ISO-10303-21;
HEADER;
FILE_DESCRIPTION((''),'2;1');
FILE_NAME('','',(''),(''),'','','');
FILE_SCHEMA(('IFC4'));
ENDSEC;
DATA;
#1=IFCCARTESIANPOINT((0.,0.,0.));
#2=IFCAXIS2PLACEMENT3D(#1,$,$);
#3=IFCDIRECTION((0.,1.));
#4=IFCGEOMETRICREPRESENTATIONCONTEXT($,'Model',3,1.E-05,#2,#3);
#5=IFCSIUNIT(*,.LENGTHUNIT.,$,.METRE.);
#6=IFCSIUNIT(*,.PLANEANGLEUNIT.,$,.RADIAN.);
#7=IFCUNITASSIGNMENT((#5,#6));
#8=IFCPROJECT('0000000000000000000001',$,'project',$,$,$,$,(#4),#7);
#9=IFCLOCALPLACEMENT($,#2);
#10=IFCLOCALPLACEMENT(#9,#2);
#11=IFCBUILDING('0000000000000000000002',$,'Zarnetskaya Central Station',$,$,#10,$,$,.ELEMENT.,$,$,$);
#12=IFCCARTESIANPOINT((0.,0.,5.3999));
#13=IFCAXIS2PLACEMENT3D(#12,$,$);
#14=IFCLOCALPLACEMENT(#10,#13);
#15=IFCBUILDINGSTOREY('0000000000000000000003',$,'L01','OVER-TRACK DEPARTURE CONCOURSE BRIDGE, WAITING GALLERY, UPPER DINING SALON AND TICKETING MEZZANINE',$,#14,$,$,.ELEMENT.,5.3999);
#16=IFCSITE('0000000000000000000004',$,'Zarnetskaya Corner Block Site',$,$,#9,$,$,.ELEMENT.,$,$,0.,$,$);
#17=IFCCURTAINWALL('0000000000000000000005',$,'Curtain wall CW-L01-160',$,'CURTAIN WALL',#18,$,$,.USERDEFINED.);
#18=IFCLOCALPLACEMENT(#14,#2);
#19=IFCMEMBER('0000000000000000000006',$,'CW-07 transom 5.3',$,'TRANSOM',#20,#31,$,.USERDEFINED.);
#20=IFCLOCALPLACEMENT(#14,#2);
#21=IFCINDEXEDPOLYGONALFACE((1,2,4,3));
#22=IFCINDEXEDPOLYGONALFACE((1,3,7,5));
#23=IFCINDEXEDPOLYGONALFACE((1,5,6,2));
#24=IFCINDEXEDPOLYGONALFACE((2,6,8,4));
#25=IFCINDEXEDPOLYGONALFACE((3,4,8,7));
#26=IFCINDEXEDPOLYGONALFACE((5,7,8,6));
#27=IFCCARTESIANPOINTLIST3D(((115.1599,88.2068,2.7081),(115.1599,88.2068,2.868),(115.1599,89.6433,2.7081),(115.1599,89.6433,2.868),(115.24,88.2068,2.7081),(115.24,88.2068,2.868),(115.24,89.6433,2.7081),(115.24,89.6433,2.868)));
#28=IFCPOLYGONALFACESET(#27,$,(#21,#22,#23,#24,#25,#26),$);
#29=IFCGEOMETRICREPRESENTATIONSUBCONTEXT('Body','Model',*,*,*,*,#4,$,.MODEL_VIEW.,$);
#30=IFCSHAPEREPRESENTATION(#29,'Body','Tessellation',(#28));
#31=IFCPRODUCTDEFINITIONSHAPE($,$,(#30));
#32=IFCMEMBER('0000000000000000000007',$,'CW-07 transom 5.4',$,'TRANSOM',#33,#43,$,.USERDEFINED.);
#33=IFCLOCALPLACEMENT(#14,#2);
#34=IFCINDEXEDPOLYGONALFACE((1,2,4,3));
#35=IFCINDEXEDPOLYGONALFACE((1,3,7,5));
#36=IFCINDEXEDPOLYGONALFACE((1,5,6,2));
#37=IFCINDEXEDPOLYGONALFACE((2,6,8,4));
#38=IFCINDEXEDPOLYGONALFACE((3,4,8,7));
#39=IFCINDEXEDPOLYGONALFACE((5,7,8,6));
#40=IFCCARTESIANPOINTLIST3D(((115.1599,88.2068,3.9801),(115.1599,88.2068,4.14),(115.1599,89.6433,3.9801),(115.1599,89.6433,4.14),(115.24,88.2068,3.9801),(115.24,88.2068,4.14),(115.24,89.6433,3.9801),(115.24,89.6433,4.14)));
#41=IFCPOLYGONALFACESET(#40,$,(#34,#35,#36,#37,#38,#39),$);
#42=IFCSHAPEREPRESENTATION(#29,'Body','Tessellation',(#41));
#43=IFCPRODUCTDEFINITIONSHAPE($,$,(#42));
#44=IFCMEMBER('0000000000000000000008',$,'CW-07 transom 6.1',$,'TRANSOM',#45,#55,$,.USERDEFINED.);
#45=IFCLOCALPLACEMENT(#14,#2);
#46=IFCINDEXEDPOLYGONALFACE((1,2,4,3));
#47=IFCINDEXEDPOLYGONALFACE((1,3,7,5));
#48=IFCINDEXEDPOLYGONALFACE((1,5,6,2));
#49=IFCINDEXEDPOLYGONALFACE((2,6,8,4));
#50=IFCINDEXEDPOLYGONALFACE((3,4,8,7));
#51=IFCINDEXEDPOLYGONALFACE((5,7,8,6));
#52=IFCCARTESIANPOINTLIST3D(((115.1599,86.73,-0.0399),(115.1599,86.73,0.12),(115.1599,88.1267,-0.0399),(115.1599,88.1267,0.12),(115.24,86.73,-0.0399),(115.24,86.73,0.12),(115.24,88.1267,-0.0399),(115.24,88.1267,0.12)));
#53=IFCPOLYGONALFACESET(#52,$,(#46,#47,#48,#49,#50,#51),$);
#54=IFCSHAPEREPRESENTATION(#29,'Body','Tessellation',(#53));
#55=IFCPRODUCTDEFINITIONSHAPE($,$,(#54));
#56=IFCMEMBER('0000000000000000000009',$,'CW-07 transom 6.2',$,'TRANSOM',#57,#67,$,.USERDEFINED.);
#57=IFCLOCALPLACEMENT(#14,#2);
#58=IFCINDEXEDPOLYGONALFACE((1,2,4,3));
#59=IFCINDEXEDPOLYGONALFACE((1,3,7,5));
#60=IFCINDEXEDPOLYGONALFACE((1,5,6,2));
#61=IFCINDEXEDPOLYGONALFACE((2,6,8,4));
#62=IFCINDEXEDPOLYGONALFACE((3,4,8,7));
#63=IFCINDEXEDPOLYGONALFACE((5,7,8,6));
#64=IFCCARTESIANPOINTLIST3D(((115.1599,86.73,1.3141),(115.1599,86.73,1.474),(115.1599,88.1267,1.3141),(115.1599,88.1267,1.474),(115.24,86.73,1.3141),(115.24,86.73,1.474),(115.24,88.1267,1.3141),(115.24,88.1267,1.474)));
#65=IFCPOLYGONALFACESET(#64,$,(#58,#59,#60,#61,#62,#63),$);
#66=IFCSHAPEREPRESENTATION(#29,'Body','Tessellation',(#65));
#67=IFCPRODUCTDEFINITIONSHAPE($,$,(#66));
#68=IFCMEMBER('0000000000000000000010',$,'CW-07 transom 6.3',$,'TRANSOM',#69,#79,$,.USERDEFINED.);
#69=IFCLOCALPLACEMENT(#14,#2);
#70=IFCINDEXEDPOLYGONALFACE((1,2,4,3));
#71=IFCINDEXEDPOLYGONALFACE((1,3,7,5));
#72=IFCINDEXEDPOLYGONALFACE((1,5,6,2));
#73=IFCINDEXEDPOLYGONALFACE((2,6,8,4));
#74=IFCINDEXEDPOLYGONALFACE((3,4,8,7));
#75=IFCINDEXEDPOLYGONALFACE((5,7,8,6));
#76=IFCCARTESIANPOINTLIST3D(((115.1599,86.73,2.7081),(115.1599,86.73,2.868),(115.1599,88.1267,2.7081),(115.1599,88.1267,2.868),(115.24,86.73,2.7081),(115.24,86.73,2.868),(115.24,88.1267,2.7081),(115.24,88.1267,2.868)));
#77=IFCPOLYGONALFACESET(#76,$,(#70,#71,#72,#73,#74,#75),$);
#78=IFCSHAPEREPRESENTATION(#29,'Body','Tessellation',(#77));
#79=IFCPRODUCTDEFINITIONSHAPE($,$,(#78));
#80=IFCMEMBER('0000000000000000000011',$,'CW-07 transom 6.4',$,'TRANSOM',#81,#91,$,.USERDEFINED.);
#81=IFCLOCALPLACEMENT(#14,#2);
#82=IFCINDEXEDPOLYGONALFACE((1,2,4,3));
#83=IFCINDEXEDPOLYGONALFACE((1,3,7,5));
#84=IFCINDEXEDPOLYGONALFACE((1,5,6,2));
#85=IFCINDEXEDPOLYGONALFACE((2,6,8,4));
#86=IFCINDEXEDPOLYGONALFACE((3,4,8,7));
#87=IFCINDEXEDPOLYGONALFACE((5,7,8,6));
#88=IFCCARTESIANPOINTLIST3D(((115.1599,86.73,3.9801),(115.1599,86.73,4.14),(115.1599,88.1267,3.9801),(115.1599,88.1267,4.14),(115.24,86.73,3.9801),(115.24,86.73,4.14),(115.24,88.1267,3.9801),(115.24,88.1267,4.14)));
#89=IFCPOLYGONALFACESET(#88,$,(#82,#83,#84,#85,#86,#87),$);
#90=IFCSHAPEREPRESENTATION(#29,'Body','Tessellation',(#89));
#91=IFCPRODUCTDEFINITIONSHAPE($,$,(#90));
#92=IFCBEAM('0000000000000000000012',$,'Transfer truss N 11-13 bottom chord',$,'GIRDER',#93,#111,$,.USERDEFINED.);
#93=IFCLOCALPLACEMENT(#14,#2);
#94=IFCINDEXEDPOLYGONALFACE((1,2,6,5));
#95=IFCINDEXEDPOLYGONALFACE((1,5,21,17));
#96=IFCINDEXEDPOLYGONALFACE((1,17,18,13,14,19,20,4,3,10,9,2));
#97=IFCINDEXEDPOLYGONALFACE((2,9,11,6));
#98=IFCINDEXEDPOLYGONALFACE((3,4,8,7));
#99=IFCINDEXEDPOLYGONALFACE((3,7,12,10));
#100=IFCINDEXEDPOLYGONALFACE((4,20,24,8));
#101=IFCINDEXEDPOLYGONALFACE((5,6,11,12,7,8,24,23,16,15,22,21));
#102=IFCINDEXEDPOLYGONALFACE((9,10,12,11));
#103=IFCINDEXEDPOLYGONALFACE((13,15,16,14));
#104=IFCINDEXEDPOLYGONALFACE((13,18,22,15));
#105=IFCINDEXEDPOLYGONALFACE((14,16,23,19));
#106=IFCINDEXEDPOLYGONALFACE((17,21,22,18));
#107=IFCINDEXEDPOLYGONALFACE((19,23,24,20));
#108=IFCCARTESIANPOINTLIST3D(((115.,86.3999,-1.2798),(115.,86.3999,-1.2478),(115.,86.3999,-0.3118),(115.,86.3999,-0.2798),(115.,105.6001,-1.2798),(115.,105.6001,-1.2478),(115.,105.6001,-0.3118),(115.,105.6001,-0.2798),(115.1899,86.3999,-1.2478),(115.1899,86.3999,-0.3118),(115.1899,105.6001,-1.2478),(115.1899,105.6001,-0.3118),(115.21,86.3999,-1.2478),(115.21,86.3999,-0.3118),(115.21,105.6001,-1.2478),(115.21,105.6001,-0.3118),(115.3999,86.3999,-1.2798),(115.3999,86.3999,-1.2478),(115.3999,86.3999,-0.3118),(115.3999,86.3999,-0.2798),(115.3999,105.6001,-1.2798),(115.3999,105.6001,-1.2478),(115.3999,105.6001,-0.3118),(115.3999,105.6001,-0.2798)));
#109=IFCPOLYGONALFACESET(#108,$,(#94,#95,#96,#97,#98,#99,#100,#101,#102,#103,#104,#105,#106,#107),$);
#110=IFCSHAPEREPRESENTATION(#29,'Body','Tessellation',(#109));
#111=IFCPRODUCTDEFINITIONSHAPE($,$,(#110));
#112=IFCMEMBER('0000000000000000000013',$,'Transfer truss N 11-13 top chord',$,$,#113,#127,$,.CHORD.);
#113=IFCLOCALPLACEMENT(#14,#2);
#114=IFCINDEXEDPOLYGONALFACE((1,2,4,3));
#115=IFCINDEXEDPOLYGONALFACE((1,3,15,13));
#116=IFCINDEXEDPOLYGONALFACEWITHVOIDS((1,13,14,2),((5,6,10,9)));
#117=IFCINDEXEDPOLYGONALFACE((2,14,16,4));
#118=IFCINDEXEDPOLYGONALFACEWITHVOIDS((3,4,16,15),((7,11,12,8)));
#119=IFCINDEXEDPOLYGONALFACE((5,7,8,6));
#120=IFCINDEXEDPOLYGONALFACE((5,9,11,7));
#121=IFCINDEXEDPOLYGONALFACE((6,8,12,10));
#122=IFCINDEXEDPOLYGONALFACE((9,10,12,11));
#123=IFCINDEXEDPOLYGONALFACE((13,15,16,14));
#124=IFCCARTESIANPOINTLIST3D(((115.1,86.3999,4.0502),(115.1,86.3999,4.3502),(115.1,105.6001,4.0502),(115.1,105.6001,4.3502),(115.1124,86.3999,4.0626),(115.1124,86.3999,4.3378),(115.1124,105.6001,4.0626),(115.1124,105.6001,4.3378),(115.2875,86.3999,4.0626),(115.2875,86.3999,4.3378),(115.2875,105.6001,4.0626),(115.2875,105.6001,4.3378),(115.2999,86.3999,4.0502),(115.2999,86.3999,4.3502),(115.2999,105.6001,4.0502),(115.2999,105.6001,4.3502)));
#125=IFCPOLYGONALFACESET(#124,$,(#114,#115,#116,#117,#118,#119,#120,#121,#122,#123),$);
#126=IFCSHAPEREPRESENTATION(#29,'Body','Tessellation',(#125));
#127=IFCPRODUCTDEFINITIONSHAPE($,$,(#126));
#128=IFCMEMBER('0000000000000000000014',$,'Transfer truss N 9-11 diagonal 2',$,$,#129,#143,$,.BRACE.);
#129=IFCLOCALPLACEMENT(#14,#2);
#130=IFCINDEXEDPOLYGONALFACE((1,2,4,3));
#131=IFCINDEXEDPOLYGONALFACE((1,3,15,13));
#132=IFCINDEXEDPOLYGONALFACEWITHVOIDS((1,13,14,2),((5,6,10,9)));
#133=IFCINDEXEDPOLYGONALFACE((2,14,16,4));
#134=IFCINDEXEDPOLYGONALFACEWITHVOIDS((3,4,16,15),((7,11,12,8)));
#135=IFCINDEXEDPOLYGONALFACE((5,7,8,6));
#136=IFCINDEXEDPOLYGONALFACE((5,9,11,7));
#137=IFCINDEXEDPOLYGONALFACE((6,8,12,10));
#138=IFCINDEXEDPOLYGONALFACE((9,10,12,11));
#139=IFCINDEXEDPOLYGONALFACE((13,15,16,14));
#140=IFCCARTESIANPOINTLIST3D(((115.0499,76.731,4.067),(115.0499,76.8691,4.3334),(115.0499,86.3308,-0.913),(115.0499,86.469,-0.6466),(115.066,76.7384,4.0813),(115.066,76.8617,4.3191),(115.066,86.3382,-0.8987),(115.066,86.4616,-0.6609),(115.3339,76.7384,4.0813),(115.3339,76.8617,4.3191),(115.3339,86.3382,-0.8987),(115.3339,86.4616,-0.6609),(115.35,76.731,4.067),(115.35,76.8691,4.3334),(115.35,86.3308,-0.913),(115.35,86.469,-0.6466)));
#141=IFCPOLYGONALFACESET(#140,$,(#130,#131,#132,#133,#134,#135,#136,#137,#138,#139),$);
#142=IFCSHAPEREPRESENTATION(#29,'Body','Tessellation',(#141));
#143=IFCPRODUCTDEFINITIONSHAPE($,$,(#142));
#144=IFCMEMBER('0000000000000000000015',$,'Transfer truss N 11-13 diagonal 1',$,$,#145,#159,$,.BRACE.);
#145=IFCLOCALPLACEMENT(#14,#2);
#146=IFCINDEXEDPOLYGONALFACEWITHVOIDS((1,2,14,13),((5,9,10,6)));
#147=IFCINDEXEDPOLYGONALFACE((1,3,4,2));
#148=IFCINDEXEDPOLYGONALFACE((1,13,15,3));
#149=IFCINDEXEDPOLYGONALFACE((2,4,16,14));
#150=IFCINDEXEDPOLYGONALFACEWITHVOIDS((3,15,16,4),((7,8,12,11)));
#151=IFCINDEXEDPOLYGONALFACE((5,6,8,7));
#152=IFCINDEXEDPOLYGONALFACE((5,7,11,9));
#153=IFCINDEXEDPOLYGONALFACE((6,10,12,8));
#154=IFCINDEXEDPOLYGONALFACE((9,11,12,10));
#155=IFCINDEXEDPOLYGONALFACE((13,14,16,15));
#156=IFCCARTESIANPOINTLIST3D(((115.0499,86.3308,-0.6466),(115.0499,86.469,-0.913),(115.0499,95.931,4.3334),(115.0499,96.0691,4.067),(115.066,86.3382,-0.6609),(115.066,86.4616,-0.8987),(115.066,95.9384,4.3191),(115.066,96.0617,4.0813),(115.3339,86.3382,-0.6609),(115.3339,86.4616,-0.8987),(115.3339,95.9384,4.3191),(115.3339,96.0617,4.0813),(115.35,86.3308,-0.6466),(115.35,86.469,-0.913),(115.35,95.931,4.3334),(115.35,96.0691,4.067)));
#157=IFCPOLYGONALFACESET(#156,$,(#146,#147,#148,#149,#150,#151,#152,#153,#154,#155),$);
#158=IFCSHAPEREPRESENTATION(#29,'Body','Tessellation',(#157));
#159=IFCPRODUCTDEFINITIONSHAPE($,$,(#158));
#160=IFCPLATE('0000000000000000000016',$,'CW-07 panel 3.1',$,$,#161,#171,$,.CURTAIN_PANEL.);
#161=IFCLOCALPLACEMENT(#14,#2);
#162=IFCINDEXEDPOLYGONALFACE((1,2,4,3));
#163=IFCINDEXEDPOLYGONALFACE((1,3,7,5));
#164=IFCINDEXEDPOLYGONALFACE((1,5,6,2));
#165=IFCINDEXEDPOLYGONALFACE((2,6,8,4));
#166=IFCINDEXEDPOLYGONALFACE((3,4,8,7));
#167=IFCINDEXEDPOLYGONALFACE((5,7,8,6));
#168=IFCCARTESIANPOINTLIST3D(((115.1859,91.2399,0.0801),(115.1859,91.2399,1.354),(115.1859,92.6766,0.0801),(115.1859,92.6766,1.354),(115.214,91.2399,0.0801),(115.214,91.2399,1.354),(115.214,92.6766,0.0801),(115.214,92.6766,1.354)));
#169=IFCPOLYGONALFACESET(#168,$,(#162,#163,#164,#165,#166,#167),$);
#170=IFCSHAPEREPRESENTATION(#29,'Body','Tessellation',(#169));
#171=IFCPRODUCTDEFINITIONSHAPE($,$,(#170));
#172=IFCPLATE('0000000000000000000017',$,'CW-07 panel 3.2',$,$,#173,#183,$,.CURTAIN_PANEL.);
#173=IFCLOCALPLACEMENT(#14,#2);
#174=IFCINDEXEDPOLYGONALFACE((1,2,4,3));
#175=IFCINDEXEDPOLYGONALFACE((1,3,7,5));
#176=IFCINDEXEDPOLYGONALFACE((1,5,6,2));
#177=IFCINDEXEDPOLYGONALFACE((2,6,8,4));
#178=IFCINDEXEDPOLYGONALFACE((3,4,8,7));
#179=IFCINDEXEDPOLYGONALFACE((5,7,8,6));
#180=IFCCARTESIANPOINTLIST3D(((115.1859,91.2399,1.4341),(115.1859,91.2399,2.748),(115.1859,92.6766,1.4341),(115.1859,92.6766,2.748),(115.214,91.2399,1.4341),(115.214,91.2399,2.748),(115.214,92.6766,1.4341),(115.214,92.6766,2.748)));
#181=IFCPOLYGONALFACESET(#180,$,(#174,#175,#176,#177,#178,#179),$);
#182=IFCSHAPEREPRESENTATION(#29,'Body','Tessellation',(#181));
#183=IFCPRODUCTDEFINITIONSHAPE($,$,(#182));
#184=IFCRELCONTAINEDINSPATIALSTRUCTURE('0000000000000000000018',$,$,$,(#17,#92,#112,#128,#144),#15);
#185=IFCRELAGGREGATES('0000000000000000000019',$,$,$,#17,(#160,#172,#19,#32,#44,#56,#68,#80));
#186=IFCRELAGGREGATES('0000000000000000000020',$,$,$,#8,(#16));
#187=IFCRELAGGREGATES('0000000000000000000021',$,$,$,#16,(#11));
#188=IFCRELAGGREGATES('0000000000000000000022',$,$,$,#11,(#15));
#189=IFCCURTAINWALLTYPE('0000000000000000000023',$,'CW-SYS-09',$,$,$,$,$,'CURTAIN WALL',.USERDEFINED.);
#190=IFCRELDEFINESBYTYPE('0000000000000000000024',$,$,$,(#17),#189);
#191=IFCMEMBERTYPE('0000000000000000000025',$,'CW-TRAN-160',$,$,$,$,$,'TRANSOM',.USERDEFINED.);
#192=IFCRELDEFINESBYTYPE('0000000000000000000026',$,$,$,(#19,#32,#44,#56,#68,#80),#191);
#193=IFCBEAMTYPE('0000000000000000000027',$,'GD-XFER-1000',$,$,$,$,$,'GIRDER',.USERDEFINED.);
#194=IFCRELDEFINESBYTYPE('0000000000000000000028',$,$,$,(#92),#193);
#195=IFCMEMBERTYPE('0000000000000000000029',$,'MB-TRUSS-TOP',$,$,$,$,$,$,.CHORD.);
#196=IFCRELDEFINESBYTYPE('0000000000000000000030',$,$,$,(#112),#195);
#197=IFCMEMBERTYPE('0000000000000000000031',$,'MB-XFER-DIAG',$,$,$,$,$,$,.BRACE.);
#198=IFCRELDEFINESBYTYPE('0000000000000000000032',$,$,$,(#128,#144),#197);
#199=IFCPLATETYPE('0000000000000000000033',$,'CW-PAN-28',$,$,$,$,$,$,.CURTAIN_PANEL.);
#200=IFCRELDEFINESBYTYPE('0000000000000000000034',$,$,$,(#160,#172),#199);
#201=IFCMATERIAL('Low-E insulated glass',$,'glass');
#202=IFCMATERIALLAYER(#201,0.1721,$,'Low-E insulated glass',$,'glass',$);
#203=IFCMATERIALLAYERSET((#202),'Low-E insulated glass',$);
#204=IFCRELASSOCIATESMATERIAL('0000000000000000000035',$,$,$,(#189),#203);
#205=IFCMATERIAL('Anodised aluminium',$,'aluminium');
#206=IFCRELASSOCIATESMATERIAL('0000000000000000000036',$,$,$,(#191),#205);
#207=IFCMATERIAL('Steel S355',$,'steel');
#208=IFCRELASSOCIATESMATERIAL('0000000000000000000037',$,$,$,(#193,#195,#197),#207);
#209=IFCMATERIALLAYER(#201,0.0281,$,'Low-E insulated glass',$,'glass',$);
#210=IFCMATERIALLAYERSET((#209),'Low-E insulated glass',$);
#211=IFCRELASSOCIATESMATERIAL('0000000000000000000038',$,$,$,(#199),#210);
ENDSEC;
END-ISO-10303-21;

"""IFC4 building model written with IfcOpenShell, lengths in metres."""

from ifc_helpers import new_model, si_unit, direction, frame, origin, origin_2d, place, context, subcontext, project, spatial, rectangle, hollow_rectangle, i_section, extrude, material, layer, layer_set, material_profile, profile_set, type_object, element, aggregate, save


model = new_model("IFC4")

# Units and contexts
model_context = context("Model", 3, precision=1e-05, world=origin(), true_north=direction((0.0, 1.0)))
body_context = subcontext(model_context, "Body", "Model", "MODEL_VIEW")
ifc_project = project(units=[si_unit("LENGTHUNIT", "METRE"), si_unit("PLANEANGLEUNIT", "RADIAN")], contexts=[model_context])

# Site, building, storey
site_placement = place(None, origin())
site = spatial("IfcSite", under=ifc_project, at=site_placement, Name="Zarnetskaya Corner Block Site", CompositionType="ELEMENT", RefElevation=0.0)
building_placement = place(site_placement, origin())
building = spatial("IfcBuilding", under=site, at=building_placement, Name="Zarnetskaya Central Station", CompositionType="ELEMENT")
storey_placement = place(building_placement, frame((0.0, 0.0, 5.3999)))
storey = spatial("IfcBuildingStorey", under=building, at=storey_placement, Name="L01", Description="OVER-TRACK DEPARTURE CONCOURSE BRIDGE, WAITING GALLERY, UPPER DINING SALON AND TICKETING MEZZANINE", CompositionType="ELEMENT", Elevation=5.3999)

# Shared definitions
ifc_material_1 = material(Name="Steel S355", Category="steel")

# Shared definitions
ifc_material_2 = material(Name="Low-E insulated glass", Category="glass")
ifc_layer_1 = layer(ifc_material_2, 0.1721, Name="Low-E insulated glass", Category="glass")
ifc_layer_set_1 = layer_set([ifc_layer_1], Name="Low-E insulated glass")
curtain_wall_type = type_object("IfcCurtainWallType", Name="CW-SYS-09", ElementType="CURTAIN WALL", PredefinedType="USERDEFINED", material=ifc_layer_set_1)
ifc_material_3 = material(Name="Anodised aluminium", Category="aluminium")

# Curtain wall, members
curtain_wall_1_placement = place(storey_placement, origin())
curtain_wall_1 = element("IfcCurtainWall", 1, at=curtain_wall_1_placement, inside=storey, type_object=curtain_wall_type, Name="Curtain wall CW-L01-160", ObjectType="CURTAIN WALL", PredefinedType="USERDEFINED")
ifc_material_profile_1 = material_profile(ifc_material_3, rectangle(XDim=0.0801, YDim=0.1599, at=origin_2d()), Name="ALU TRAN 80x160")
ifc_profile_set_1 = profile_set([ifc_material_profile_1], Name="Anodised aluminium")
member_type_1 = type_object("IfcMemberType", Name="CW-TRAN-160", ElementType="TRANSOM", PredefinedType="USERDEFINED", material=ifc_profile_set_1)
member_1_placement = place(storey_placement, frame((115.2, 89.6433, 2.7881), z_axis=(0.0, -1.0, 0.0), x_axis=(1.0, 0.0, 0.0)))
member_1 = element("IfcMember", 2, at=member_1_placement, type_object=member_type_1, Name="CW-07 transom 5.3", ObjectType="TRANSOM", PredefinedType="USERDEFINED", context=body_context, shape_type="SweptSolid", body=[
    extrude(rectangle(XDim=0.0801, YDim=0.1599, at=origin_2d()), origin(), (0.0, 0.0, 1.0), 1.4365),
])
member_2_placement = place(storey_placement, frame((115.2, 89.6433, 4.0601), z_axis=(0.0, -1.0, 0.0), x_axis=(1.0, 0.0, 0.0)))
member_2 = element("IfcMember", 3, at=member_2_placement, type_object=member_type_1, Name="CW-07 transom 5.4", ObjectType="TRANSOM", PredefinedType="USERDEFINED", context=body_context, shape_type="SweptSolid", body=[
    extrude(rectangle(XDim=0.0801, YDim=0.1599, at=origin_2d()), origin(), (0.0, 0.0, 1.0), 1.4365),
])
member_3_placement = place(storey_placement, frame((115.2, 88.1267, 0.04), z_axis=(0.0, -1.0, 0.0), x_axis=(1.0, 0.0, 0.0)))
member_3 = element("IfcMember", 4, at=member_3_placement, type_object=member_type_1, Name="CW-07 transom 6.1", ObjectType="TRANSOM", PredefinedType="USERDEFINED", context=body_context, shape_type="SweptSolid", body=[
    extrude(rectangle(XDim=0.0801, YDim=0.1599, at=origin_2d()), origin(), (0.0, 0.0, 1.0), 1.3967),
])
member_4_placement = place(storey_placement, frame((115.2, 88.1267, 1.394), z_axis=(0.0, -1.0, 0.0), x_axis=(1.0, 0.0, 0.0)))
member_4 = element("IfcMember", 5, at=member_4_placement, type_object=member_type_1, Name="CW-07 transom 6.2", ObjectType="TRANSOM", PredefinedType="USERDEFINED", context=body_context, shape_type="SweptSolid", body=[
    extrude(rectangle(XDim=0.0801, YDim=0.1599, at=origin_2d()), origin(), (0.0, 0.0, 1.0), 1.3967),
])
member_5_placement = place(storey_placement, frame((115.2, 88.1267, 2.7881), z_axis=(0.0, -1.0, 0.0), x_axis=(1.0, 0.0, 0.0)))
member_5 = element("IfcMember", 6, at=member_5_placement, type_object=member_type_1, Name="CW-07 transom 6.3", ObjectType="TRANSOM", PredefinedType="USERDEFINED", context=body_context, shape_type="SweptSolid", body=[
    extrude(rectangle(XDim=0.0801, YDim=0.1599, at=origin_2d()), origin(), (0.0, 0.0, 1.0), 1.3967),
])
member_6_placement = place(storey_placement, frame((115.2, 88.1267, 4.0601), z_axis=(0.0, -1.0, 0.0), x_axis=(1.0, 0.0, 0.0)))
member_6 = element("IfcMember", 7, at=member_6_placement, type_object=member_type_1, Name="CW-07 transom 6.4", ObjectType="TRANSOM", PredefinedType="USERDEFINED", context=body_context, shape_type="SweptSolid", body=[
    extrude(rectangle(XDim=0.0801, YDim=0.1599, at=origin_2d()), origin(), (0.0, 0.0, 1.0), 1.3967),
])

# Beam
ifc_material_profile_2 = material_profile(ifc_material_1, i_section(OverallWidth=0.3999, OverallDepth=1.0, WebThickness=0.02, FlangeThickness=0.032, at=origin_2d()), Name="PG 1000x400x20x32")
ifc_profile_set_2 = profile_set([ifc_material_profile_2], Name="Steel S355")
beam_type = type_object("IfcBeamType", Name="GD-XFER-1000", ElementType="GIRDER", PredefinedType="USERDEFINED", material=ifc_profile_set_2)
beam_placement = place(storey_placement, frame((115.2, 86.3999, -0.7798), z_axis=(0.0, 1.0, 0.0), x_axis=(-1.0, 0.0, 0.0)))
element("IfcBeam", 8, at=beam_placement, inside=storey, type_object=beam_type, Name="Transfer truss N 11-13 bottom chord", ObjectType="GIRDER", PredefinedType="USERDEFINED", context=body_context, shape_type="SweptSolid", body=[
    extrude(i_section(OverallWidth=0.3999, OverallDepth=1.0, WebThickness=0.02, FlangeThickness=0.032, at=origin_2d()), origin(), (0.0, 0.0, 1.0), 19.2002),
])

# Members
ifc_material_profile_3 = material_profile(ifc_material_1, hollow_rectangle(XDim=0.2, YDim=0.3, WallThickness=0.0125, at=origin_2d()), Name="RHS 300x200x12.5")
ifc_profile_set_3 = profile_set([ifc_material_profile_3], Name="Steel S355")
member_type_2 = type_object("IfcMemberType", Name="MB-TRUSS-TOP", PredefinedType="CHORD", material=ifc_profile_set_3)
member_7_placement = place(storey_placement, frame((115.2, 86.3999, 4.2002), z_axis=(0.0, 1.0, 0.0), x_axis=(-1.0, 0.0, 0.0)))
element("IfcMember", 9, at=member_7_placement, inside=storey, type_object=member_type_2, Name="Transfer truss N 11-13 top chord", PredefinedType="CHORD", context=body_context, shape_type="SweptSolid", body=[
    extrude(hollow_rectangle(XDim=0.2, YDim=0.3, WallThickness=0.0125, at=origin_2d()), origin(), (0.0, 0.0, 1.0), 19.2002),
])
ifc_material_profile_4 = material_profile(ifc_material_1, hollow_rectangle(XDim=0.3, YDim=0.3, WallThickness=0.0161, at=origin_2d()), Name="SHS 300x300x16")
ifc_profile_set_4 = profile_set([ifc_material_profile_4], Name="Steel S355")
member_type_3 = type_object("IfcMemberType", Name="MB-XFER-DIAG", PredefinedType="BRACE", material=ifc_profile_set_4)
member_8_placement = place(storey_placement, frame((115.2, 86.3999, -0.7798), z_axis=(0.0, -0.887668, 0.460483), x_axis=(1.0, 0.0, 0.0)))
element("IfcMember", 10, at=member_8_placement, inside=storey, type_object=member_type_3, Name="Transfer truss N 9-11 diagonal 2", PredefinedType="BRACE", context=body_context, shape_type="SweptSolid", body=[
    extrude(hollow_rectangle(XDim=0.3, YDim=0.3, WallThickness=0.0161, at=origin_2d()), origin(), (0.0, 0.0, 1.0), 10.8147),
])
member_9_placement = place(storey_placement, frame((115.2, 86.3999, -0.7798), z_axis=(0.0, 0.887673, 0.460474), x_axis=(-1.0, 0.0, 0.0)))
element("IfcMember", 11, at=member_9_placement, inside=storey, type_object=member_type_3, Name="Transfer truss N 11-13 diagonal 1", PredefinedType="BRACE", context=body_context, shape_type="SweptSolid", body=[
    extrude(hollow_rectangle(XDim=0.3, YDim=0.3, WallThickness=0.0161, at=origin_2d()), origin(), (0.0, 0.0, 1.0), 10.8149),
])

# Plates
ifc_layer_2 = layer(ifc_material_2, 0.0281, Name="Low-E insulated glass", Category="glass")
ifc_layer_set_2 = layer_set([ifc_layer_2], Name="Low-E insulated glass")
plate_type_1 = type_object("IfcPlateType", Name="CW-PAN-28", PredefinedType="CURTAIN_PANEL", material=ifc_layer_set_2)
plate_1_placement = place(storey_placement, frame((115.2, 91.9583, 0.0801), z_axis=(0.0, 0.0, 1.0), x_axis=(0.0, -1.0, 0.0)))
plate_1 = element("IfcPlate", 12, at=plate_1_placement, type_object=plate_type_1, Name="CW-07 panel 3.1", PredefinedType="CURTAIN_PANEL", context=body_context, shape_type="SweptSolid", body=[
    extrude(rectangle(XDim=1.4368, YDim=0.0281, at=origin_2d()), origin(), (0.0, 0.0, 1.0), 1.2739),
])
plate_2_placement = place(storey_placement, frame((115.2, 91.9583, 1.4341), z_axis=(0.0, 0.0, 1.0), x_axis=(0.0, -1.0, 0.0)))
plate_2 = element("IfcPlate", 13, at=plate_2_placement, type_object=plate_type_1, Name="CW-07 panel 3.2", PredefinedType="CURTAIN_PANEL", context=body_context, shape_type="SweptSolid", body=[
    extrude(rectangle(XDim=1.4368, YDim=0.0281, at=origin_2d()), origin(), (0.0, 0.0, 1.0), 1.314),
])
aggregate(curtain_wall_1, [plate_1, plate_2, member_1, member_2, member_3, member_4, member_5, member_6])

save(model, "model.ifc")
